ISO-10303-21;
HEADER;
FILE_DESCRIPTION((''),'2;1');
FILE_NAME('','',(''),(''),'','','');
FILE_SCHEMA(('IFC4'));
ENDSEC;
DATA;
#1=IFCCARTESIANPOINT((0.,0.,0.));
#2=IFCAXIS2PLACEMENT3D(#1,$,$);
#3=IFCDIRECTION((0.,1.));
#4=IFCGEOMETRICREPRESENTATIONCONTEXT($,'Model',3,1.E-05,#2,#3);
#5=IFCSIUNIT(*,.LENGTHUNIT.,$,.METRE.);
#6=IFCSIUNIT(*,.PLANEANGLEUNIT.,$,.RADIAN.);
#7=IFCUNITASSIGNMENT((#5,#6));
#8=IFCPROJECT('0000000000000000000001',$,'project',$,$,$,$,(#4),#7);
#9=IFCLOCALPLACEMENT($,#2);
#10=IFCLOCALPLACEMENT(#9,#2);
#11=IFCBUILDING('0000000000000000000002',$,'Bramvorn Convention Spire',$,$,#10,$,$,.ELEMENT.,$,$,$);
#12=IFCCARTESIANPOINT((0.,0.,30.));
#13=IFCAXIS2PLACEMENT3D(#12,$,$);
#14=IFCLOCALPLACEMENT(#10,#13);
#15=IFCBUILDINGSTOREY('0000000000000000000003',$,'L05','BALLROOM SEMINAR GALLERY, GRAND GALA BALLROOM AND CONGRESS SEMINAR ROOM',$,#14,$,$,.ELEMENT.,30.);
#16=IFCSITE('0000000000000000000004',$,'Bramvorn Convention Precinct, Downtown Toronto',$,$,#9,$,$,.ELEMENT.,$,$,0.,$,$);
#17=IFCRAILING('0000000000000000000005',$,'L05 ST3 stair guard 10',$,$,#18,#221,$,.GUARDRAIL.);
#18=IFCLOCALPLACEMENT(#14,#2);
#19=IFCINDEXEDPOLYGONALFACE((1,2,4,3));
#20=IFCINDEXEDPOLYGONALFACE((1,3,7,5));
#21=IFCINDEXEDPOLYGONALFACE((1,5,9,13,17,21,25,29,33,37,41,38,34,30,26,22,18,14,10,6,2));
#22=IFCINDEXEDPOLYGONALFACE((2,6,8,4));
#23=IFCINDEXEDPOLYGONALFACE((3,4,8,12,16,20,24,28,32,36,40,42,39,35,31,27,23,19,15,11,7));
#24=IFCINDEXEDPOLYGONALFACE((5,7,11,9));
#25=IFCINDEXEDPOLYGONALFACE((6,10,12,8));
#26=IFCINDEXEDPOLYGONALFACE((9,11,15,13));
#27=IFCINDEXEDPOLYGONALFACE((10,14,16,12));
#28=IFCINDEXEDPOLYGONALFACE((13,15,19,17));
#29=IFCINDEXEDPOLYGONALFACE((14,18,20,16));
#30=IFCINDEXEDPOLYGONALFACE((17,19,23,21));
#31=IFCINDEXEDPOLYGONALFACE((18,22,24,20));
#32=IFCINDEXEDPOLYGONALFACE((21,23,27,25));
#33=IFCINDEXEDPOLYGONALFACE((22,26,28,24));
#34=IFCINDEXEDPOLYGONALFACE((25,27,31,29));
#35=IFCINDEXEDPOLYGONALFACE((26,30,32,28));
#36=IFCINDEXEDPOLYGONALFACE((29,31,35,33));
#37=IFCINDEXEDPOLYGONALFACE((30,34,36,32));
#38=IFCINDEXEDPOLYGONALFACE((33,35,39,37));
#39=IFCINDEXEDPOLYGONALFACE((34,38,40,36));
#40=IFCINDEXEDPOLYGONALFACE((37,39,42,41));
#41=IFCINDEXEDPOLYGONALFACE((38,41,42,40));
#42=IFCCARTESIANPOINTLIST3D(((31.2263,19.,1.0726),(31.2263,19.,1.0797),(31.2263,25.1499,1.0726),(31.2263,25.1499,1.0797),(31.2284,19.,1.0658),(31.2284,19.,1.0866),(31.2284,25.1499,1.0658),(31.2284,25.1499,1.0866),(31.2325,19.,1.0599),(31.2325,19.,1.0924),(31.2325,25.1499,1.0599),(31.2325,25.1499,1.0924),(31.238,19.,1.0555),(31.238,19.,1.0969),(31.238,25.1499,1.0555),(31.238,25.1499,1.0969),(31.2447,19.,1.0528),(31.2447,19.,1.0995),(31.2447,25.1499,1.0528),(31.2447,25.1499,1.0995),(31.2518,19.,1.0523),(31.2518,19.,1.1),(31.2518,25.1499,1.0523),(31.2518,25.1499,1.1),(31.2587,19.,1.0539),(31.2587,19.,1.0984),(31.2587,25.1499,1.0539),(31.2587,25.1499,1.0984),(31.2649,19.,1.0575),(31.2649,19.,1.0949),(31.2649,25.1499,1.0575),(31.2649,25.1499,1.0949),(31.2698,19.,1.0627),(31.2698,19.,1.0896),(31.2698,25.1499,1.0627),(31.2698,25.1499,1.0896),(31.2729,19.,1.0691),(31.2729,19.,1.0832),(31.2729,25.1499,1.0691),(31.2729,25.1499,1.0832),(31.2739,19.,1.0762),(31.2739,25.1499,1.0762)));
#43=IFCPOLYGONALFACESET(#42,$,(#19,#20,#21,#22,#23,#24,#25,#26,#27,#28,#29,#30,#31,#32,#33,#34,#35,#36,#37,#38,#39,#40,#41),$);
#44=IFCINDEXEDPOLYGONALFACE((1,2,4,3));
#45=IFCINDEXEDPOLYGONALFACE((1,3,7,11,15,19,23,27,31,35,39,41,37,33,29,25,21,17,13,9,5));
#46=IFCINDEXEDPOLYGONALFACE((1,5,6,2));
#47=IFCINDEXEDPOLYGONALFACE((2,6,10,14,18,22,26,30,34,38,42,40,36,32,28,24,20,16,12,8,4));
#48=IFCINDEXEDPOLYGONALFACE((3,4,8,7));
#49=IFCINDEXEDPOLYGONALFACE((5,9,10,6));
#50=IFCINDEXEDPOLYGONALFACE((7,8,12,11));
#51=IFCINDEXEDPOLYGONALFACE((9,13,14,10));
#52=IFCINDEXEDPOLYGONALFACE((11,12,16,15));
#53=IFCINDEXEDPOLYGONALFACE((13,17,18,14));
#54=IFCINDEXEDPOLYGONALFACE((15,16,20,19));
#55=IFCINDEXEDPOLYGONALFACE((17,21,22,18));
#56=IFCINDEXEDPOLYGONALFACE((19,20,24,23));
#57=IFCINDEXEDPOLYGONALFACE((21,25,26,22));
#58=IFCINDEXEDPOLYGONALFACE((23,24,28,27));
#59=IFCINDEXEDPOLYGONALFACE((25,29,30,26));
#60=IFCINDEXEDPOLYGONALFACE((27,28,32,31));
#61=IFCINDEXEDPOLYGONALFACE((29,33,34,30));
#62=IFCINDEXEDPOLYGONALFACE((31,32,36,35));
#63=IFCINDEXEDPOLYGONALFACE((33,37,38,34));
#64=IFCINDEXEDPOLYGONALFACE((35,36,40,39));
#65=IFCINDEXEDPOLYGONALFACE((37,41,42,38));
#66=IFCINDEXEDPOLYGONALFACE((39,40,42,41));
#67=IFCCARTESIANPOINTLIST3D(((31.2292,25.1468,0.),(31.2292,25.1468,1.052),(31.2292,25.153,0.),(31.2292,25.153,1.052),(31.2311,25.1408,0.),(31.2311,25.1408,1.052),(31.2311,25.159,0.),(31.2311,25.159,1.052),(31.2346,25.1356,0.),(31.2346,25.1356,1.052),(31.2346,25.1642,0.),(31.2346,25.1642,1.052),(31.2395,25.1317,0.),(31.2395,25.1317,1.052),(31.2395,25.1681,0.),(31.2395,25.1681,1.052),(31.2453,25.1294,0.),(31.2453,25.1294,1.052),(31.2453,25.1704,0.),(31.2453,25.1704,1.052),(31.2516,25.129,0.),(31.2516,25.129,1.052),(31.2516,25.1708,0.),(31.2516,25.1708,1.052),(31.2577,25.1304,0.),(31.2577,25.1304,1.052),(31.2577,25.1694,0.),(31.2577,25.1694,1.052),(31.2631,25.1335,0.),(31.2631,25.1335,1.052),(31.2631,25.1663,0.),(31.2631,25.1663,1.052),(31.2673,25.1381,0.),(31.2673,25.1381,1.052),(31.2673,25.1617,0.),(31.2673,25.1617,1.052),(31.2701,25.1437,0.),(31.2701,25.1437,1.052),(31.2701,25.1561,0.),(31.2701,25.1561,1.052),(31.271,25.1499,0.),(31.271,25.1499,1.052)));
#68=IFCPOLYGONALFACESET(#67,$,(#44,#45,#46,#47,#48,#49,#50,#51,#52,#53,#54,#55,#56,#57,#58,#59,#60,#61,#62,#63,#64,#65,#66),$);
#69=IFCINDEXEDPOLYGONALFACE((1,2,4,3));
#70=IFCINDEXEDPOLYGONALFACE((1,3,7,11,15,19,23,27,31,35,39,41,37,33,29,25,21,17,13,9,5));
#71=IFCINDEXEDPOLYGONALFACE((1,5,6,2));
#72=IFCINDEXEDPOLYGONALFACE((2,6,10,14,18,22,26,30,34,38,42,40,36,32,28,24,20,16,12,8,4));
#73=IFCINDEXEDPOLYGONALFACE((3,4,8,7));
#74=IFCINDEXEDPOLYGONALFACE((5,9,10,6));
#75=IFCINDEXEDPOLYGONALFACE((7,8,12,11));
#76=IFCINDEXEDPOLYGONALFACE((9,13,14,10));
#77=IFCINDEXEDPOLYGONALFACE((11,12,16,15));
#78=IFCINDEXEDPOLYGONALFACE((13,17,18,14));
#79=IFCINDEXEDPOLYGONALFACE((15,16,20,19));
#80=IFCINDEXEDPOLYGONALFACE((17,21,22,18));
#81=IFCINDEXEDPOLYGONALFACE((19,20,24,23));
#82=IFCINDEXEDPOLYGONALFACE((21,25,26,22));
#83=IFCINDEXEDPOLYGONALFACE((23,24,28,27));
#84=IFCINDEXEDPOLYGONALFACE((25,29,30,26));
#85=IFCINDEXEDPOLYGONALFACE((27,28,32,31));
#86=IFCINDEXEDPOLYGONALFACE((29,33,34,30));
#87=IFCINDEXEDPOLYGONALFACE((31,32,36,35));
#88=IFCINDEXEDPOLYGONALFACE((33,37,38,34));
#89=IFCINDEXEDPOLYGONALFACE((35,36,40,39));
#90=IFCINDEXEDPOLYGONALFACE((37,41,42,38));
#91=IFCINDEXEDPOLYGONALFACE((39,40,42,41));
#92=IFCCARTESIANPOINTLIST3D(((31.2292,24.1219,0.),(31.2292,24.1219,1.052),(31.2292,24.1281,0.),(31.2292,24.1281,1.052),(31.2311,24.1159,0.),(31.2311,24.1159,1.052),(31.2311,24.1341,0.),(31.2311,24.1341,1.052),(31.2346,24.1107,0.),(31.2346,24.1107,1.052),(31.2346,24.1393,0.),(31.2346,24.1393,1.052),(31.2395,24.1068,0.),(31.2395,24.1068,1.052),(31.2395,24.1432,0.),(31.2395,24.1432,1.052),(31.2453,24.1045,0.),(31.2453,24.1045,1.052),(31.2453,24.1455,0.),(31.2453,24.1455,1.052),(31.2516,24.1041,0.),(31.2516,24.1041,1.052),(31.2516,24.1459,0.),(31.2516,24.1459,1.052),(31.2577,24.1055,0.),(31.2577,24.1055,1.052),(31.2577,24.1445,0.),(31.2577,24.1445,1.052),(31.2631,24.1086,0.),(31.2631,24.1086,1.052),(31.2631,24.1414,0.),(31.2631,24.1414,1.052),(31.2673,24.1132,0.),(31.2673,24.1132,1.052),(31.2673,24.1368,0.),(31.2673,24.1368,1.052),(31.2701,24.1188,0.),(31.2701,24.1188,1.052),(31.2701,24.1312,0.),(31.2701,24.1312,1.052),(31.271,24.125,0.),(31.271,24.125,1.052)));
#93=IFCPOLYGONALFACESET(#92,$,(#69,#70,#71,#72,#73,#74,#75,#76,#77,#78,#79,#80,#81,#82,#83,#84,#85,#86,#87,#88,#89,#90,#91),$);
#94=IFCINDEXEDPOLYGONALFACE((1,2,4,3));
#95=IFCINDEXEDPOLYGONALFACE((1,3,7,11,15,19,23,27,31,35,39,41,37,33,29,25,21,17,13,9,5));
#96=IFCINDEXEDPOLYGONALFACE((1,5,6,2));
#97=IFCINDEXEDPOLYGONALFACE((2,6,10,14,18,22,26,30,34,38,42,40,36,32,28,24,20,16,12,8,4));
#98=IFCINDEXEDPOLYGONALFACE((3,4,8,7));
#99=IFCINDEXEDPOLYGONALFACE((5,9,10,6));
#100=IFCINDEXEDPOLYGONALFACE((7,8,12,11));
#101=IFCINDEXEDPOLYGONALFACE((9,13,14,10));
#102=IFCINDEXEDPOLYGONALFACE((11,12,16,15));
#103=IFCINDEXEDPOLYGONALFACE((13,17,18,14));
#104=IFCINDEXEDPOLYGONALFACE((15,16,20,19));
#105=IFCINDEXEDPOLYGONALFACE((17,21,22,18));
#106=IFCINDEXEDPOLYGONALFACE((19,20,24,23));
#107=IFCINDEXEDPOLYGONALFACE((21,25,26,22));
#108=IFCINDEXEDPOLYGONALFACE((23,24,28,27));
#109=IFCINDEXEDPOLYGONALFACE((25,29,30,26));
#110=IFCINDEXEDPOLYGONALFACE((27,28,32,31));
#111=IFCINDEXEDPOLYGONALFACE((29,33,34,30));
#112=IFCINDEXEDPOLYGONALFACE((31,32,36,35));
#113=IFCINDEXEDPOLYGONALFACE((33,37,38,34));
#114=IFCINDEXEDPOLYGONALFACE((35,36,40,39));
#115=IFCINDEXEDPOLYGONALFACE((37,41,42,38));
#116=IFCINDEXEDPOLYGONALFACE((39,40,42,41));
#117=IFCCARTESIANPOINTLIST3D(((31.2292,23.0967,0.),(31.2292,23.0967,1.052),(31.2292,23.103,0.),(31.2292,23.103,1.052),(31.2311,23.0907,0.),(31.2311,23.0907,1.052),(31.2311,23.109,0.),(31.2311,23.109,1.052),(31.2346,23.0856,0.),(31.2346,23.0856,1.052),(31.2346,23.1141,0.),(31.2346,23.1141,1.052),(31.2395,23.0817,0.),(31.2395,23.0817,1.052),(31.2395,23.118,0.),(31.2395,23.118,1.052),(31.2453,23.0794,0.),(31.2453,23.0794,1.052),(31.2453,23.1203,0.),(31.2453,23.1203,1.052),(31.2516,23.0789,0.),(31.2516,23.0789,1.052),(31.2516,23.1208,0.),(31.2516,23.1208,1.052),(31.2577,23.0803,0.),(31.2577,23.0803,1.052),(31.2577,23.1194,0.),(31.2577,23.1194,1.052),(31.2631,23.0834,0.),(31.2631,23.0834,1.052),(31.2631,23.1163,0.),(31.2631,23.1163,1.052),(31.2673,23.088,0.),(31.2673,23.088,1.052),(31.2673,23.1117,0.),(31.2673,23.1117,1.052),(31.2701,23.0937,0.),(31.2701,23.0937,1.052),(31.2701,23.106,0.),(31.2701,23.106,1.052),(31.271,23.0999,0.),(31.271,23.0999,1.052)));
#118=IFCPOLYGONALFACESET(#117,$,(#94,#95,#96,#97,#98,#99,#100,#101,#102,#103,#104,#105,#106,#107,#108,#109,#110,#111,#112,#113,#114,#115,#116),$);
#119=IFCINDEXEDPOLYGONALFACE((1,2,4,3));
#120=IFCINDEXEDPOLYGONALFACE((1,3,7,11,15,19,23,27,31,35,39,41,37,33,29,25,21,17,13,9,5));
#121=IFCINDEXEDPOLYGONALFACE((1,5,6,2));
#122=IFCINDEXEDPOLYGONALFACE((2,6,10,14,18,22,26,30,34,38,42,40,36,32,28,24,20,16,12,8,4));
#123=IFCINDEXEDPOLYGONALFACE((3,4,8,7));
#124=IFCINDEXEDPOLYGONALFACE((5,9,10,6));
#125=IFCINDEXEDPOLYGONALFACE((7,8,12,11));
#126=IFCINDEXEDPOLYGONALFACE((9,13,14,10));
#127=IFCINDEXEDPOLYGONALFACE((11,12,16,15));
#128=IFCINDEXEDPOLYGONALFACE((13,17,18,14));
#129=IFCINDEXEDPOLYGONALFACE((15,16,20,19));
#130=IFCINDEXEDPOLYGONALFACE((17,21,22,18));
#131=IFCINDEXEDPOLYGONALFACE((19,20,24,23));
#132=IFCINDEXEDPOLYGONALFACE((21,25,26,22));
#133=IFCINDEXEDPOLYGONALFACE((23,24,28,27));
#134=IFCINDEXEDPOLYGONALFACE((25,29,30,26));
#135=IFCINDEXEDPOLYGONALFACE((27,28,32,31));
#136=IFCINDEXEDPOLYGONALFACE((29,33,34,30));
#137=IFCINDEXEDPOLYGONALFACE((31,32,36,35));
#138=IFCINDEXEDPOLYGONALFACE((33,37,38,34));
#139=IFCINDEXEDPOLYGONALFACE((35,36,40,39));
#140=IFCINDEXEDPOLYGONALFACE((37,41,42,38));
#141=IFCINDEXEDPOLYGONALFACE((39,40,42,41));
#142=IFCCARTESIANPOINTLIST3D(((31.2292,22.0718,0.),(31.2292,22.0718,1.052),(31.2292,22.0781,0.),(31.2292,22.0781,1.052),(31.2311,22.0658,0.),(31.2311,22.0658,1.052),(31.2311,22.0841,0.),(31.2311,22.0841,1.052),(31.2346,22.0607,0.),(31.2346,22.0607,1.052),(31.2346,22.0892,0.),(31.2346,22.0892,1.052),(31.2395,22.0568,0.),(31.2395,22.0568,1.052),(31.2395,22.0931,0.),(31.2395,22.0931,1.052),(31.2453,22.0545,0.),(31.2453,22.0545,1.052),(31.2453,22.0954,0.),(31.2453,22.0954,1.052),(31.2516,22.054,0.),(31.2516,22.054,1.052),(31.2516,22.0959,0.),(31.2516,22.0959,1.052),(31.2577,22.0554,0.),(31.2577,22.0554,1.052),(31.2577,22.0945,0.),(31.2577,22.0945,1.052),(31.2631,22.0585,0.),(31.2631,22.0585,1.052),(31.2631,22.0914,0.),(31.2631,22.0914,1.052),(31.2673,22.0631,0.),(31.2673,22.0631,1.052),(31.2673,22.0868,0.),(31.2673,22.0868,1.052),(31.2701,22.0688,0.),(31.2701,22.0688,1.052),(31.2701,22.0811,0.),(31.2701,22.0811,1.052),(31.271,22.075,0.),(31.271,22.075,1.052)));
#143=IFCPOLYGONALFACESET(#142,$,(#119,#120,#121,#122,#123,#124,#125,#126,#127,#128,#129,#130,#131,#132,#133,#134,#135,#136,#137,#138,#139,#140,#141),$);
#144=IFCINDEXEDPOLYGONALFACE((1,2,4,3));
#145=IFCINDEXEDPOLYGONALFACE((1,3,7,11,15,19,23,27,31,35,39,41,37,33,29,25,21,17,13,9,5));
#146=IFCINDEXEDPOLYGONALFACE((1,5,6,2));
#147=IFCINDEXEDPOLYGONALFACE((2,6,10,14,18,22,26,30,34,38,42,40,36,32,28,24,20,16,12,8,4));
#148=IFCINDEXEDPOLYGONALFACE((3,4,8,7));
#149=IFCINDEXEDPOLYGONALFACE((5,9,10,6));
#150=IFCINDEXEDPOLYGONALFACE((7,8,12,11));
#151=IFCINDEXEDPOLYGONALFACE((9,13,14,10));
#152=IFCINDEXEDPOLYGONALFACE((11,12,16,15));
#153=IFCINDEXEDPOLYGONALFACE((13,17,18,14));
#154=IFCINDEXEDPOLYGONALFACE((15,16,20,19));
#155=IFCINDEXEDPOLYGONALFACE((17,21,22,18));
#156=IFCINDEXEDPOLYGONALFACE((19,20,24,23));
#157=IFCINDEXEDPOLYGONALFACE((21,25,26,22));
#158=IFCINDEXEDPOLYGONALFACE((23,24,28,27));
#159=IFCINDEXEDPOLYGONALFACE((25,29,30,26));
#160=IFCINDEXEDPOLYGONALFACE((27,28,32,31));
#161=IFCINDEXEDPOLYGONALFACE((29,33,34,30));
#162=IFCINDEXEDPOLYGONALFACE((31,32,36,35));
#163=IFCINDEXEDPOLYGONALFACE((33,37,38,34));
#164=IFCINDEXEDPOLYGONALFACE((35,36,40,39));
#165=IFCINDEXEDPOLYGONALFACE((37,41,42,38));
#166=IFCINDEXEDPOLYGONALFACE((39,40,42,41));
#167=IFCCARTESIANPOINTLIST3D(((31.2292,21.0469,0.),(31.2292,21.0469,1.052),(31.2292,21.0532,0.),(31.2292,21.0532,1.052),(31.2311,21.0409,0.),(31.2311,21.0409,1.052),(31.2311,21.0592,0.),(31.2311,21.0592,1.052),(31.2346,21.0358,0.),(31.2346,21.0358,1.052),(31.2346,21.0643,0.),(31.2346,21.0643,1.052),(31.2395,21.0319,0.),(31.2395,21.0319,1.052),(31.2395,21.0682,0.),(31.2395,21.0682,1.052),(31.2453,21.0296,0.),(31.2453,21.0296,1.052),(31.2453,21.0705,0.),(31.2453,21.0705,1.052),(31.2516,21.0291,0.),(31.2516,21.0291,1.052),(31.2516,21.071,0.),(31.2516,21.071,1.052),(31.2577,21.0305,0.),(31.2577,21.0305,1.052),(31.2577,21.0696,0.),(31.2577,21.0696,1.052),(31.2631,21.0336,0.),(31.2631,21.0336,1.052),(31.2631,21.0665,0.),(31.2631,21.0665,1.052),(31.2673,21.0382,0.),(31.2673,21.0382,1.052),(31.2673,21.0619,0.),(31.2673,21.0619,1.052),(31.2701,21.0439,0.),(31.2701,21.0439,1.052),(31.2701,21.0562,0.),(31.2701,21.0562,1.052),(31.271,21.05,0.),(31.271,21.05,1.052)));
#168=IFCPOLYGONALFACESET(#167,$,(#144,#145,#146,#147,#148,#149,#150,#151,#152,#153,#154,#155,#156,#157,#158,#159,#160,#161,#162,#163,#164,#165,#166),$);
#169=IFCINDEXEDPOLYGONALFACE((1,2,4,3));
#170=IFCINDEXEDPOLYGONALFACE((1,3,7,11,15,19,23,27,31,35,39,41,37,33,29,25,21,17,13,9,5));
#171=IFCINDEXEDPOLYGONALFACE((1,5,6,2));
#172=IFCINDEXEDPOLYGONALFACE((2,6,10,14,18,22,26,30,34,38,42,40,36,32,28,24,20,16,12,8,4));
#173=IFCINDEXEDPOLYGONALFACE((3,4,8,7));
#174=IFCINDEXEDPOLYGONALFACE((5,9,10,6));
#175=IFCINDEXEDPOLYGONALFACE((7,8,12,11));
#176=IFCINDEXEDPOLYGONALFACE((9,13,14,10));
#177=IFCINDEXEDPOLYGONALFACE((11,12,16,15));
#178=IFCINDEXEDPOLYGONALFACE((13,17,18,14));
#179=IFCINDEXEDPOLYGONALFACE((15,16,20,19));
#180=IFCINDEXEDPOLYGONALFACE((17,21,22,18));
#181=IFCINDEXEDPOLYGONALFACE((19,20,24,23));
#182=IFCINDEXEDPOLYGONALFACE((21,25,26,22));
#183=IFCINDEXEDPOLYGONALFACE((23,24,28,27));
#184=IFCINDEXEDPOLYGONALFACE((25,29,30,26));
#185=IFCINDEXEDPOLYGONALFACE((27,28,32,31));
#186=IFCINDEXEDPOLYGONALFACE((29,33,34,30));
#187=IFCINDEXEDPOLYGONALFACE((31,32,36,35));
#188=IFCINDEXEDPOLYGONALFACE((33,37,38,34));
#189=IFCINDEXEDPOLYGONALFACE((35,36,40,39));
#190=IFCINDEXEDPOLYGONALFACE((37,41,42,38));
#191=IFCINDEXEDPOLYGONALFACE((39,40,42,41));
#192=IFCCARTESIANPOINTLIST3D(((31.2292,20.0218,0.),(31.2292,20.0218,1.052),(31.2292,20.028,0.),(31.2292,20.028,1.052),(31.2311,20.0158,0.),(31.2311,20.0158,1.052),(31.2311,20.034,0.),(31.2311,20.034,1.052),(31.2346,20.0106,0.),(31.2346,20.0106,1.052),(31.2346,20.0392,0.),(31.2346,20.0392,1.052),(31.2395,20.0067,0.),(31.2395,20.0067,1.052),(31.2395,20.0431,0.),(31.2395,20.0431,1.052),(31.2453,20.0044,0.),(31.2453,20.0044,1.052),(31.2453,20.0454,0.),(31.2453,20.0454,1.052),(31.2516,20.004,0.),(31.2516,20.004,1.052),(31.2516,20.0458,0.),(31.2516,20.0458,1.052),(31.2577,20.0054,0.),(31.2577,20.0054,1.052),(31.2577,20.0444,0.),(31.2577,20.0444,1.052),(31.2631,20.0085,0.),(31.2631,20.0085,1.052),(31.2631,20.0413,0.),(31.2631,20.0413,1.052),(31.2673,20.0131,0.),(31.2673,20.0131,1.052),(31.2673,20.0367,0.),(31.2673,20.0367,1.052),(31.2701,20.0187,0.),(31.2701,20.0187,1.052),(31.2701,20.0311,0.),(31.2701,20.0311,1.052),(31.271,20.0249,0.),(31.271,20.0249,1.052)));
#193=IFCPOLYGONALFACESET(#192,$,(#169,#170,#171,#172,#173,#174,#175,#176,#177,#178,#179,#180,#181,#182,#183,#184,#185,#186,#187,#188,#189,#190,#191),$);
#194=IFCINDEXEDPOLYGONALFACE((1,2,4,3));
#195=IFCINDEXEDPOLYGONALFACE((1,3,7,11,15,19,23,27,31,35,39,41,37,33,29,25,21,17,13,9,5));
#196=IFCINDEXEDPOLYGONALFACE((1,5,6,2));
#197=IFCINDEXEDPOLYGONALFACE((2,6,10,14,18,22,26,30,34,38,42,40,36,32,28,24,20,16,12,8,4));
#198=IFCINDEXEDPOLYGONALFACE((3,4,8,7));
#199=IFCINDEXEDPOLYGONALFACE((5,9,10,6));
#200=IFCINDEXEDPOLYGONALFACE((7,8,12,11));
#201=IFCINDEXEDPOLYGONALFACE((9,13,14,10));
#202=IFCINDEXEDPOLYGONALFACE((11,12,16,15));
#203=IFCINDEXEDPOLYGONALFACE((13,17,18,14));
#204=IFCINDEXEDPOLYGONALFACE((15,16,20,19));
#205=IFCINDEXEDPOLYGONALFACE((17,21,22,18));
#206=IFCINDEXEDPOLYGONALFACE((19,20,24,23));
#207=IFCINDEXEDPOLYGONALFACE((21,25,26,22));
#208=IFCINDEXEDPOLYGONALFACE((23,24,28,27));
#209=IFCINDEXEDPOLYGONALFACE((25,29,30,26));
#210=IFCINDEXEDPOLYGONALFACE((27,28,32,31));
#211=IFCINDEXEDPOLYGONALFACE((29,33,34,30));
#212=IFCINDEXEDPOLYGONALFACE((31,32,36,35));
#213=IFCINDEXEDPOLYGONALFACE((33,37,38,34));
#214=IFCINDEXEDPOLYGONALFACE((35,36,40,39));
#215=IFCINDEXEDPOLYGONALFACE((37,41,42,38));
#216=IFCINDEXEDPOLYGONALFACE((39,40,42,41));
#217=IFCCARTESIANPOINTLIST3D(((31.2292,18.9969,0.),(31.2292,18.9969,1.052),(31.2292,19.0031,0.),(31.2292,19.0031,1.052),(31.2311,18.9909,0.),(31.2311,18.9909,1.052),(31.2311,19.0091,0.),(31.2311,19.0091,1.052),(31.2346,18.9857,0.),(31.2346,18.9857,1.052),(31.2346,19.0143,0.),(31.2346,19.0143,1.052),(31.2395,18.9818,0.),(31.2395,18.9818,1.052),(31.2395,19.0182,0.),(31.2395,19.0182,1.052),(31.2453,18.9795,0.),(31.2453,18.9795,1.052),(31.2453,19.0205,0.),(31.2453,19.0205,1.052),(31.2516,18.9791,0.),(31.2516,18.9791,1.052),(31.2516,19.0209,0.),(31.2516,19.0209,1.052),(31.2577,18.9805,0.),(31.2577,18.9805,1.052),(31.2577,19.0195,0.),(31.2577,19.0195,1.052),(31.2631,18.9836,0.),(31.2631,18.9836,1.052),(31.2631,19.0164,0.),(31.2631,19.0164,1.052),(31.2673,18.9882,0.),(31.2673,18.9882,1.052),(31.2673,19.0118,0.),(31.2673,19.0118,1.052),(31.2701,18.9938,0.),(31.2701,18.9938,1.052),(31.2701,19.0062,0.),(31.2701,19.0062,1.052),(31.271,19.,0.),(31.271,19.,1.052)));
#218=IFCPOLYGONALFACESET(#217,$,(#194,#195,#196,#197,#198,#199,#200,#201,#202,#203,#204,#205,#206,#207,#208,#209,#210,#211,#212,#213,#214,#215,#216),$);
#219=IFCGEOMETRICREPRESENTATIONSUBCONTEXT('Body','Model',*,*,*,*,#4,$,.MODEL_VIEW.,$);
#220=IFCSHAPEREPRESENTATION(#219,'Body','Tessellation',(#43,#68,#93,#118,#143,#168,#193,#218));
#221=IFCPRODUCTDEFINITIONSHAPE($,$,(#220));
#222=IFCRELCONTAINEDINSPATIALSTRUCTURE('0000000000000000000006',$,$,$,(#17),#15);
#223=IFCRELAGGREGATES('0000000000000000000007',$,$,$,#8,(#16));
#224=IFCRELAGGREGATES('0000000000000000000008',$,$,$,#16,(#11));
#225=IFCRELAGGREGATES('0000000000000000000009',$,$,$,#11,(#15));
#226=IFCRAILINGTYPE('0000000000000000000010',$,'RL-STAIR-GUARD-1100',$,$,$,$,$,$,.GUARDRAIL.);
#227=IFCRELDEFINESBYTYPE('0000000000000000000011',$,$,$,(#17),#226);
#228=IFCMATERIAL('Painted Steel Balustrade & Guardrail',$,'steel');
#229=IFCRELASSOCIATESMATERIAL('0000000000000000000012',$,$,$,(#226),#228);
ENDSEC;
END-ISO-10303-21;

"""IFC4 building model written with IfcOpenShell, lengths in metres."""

from ifc_helpers import new_model, si_unit, direction, frame, origin, origin_2d, place, context, subcontext, project, spatial, circle, extrude, material, type_object, element, save


model = new_model("IFC4")

# Units and contexts
model_context = context("Model", 3, precision=1e-05, world=origin(), true_north=direction((0.0, 1.0)))
body_context = subcontext(model_context, "Body", "Model", "MODEL_VIEW")
ifc_project = project(units=[si_unit("LENGTHUNIT", "METRE"), si_unit("PLANEANGLEUNIT", "RADIAN")], contexts=[model_context])

# Site, building, storey
site_placement = place(None, origin())
site = spatial("IfcSite", under=ifc_project, at=site_placement, Name="Bramvorn Convention Precinct, Downtown Toronto", CompositionType="ELEMENT", RefElevation=0.0)
building_placement = place(site_placement, origin())
building = spatial("IfcBuilding", under=site, at=building_placement, Name="Bramvorn Convention Spire", CompositionType="ELEMENT")
storey_placement = place(building_placement, frame((0.0, 0.0, 30.0)))
storey = spatial("IfcBuildingStorey", under=building, at=storey_placement, Name="L05", Description="BALLROOM SEMINAR GALLERY, GRAND GALA BALLROOM AND CONGRESS SEMINAR ROOM", CompositionType="ELEMENT", Elevation=30.0)

# Railing
ifc_material_1 = material(Name="Painted Steel Balustrade & Guardrail", Category="steel")
railing_type_1 = type_object("IfcRailingType", Name="RL-STAIR-GUARD-1100", PredefinedType="GUARDRAIL", material=ifc_material_1)
railing_1_placement = place(storey_placement, frame((31.25, 25.1499, 0.0)))
element("IfcRailing", 1, at=railing_1_placement, inside=storey, type_object=railing_type_1, Name="L05 ST3 stair guard 10", PredefinedType="GUARDRAIL", context=body_context, shape_type="SweptSolid", body=[
    extrude(circle(Radius=0.0239, at=origin_2d()), frame((0.0, 0.0, 1.0762), z_axis=(0.0, -1.0, 0.0), x_axis=(1.0, 0.0, 0.0)), (0.0, 0.0, 1.0), 6.1499),
    extrude(circle(Radius=0.021, at=origin_2d()), origin(), (0.0, 0.0, 1.0), 1.052),
    extrude(circle(Radius=0.021, at=origin_2d()), frame((0.0, -1.0249, 0.0)), (0.0, 0.0, 1.0), 1.052),
    extrude(circle(Radius=0.021, at=origin_2d()), frame((0.0, -2.05, 0.0)), (0.0, 0.0, 1.0), 1.052),
    extrude(circle(Radius=0.021, at=origin_2d()), frame((0.0, -3.075, 0.0)), (0.0, 0.0, 1.0), 1.052),
    extrude(circle(Radius=0.021, at=origin_2d()), frame((0.0, -4.0999, 0.0)), (0.0, 0.0, 1.0), 1.052),
    extrude(circle(Radius=0.021, at=origin_2d()), frame((0.0, -5.125, 0.0)), (0.0, 0.0, 1.0), 1.052),
    extrude(circle(Radius=0.021, at=origin_2d()), frame((0.0, -6.1499, 0.0)), (0.0, 0.0, 1.0), 1.052),
])

save(model, "model.ifc")
